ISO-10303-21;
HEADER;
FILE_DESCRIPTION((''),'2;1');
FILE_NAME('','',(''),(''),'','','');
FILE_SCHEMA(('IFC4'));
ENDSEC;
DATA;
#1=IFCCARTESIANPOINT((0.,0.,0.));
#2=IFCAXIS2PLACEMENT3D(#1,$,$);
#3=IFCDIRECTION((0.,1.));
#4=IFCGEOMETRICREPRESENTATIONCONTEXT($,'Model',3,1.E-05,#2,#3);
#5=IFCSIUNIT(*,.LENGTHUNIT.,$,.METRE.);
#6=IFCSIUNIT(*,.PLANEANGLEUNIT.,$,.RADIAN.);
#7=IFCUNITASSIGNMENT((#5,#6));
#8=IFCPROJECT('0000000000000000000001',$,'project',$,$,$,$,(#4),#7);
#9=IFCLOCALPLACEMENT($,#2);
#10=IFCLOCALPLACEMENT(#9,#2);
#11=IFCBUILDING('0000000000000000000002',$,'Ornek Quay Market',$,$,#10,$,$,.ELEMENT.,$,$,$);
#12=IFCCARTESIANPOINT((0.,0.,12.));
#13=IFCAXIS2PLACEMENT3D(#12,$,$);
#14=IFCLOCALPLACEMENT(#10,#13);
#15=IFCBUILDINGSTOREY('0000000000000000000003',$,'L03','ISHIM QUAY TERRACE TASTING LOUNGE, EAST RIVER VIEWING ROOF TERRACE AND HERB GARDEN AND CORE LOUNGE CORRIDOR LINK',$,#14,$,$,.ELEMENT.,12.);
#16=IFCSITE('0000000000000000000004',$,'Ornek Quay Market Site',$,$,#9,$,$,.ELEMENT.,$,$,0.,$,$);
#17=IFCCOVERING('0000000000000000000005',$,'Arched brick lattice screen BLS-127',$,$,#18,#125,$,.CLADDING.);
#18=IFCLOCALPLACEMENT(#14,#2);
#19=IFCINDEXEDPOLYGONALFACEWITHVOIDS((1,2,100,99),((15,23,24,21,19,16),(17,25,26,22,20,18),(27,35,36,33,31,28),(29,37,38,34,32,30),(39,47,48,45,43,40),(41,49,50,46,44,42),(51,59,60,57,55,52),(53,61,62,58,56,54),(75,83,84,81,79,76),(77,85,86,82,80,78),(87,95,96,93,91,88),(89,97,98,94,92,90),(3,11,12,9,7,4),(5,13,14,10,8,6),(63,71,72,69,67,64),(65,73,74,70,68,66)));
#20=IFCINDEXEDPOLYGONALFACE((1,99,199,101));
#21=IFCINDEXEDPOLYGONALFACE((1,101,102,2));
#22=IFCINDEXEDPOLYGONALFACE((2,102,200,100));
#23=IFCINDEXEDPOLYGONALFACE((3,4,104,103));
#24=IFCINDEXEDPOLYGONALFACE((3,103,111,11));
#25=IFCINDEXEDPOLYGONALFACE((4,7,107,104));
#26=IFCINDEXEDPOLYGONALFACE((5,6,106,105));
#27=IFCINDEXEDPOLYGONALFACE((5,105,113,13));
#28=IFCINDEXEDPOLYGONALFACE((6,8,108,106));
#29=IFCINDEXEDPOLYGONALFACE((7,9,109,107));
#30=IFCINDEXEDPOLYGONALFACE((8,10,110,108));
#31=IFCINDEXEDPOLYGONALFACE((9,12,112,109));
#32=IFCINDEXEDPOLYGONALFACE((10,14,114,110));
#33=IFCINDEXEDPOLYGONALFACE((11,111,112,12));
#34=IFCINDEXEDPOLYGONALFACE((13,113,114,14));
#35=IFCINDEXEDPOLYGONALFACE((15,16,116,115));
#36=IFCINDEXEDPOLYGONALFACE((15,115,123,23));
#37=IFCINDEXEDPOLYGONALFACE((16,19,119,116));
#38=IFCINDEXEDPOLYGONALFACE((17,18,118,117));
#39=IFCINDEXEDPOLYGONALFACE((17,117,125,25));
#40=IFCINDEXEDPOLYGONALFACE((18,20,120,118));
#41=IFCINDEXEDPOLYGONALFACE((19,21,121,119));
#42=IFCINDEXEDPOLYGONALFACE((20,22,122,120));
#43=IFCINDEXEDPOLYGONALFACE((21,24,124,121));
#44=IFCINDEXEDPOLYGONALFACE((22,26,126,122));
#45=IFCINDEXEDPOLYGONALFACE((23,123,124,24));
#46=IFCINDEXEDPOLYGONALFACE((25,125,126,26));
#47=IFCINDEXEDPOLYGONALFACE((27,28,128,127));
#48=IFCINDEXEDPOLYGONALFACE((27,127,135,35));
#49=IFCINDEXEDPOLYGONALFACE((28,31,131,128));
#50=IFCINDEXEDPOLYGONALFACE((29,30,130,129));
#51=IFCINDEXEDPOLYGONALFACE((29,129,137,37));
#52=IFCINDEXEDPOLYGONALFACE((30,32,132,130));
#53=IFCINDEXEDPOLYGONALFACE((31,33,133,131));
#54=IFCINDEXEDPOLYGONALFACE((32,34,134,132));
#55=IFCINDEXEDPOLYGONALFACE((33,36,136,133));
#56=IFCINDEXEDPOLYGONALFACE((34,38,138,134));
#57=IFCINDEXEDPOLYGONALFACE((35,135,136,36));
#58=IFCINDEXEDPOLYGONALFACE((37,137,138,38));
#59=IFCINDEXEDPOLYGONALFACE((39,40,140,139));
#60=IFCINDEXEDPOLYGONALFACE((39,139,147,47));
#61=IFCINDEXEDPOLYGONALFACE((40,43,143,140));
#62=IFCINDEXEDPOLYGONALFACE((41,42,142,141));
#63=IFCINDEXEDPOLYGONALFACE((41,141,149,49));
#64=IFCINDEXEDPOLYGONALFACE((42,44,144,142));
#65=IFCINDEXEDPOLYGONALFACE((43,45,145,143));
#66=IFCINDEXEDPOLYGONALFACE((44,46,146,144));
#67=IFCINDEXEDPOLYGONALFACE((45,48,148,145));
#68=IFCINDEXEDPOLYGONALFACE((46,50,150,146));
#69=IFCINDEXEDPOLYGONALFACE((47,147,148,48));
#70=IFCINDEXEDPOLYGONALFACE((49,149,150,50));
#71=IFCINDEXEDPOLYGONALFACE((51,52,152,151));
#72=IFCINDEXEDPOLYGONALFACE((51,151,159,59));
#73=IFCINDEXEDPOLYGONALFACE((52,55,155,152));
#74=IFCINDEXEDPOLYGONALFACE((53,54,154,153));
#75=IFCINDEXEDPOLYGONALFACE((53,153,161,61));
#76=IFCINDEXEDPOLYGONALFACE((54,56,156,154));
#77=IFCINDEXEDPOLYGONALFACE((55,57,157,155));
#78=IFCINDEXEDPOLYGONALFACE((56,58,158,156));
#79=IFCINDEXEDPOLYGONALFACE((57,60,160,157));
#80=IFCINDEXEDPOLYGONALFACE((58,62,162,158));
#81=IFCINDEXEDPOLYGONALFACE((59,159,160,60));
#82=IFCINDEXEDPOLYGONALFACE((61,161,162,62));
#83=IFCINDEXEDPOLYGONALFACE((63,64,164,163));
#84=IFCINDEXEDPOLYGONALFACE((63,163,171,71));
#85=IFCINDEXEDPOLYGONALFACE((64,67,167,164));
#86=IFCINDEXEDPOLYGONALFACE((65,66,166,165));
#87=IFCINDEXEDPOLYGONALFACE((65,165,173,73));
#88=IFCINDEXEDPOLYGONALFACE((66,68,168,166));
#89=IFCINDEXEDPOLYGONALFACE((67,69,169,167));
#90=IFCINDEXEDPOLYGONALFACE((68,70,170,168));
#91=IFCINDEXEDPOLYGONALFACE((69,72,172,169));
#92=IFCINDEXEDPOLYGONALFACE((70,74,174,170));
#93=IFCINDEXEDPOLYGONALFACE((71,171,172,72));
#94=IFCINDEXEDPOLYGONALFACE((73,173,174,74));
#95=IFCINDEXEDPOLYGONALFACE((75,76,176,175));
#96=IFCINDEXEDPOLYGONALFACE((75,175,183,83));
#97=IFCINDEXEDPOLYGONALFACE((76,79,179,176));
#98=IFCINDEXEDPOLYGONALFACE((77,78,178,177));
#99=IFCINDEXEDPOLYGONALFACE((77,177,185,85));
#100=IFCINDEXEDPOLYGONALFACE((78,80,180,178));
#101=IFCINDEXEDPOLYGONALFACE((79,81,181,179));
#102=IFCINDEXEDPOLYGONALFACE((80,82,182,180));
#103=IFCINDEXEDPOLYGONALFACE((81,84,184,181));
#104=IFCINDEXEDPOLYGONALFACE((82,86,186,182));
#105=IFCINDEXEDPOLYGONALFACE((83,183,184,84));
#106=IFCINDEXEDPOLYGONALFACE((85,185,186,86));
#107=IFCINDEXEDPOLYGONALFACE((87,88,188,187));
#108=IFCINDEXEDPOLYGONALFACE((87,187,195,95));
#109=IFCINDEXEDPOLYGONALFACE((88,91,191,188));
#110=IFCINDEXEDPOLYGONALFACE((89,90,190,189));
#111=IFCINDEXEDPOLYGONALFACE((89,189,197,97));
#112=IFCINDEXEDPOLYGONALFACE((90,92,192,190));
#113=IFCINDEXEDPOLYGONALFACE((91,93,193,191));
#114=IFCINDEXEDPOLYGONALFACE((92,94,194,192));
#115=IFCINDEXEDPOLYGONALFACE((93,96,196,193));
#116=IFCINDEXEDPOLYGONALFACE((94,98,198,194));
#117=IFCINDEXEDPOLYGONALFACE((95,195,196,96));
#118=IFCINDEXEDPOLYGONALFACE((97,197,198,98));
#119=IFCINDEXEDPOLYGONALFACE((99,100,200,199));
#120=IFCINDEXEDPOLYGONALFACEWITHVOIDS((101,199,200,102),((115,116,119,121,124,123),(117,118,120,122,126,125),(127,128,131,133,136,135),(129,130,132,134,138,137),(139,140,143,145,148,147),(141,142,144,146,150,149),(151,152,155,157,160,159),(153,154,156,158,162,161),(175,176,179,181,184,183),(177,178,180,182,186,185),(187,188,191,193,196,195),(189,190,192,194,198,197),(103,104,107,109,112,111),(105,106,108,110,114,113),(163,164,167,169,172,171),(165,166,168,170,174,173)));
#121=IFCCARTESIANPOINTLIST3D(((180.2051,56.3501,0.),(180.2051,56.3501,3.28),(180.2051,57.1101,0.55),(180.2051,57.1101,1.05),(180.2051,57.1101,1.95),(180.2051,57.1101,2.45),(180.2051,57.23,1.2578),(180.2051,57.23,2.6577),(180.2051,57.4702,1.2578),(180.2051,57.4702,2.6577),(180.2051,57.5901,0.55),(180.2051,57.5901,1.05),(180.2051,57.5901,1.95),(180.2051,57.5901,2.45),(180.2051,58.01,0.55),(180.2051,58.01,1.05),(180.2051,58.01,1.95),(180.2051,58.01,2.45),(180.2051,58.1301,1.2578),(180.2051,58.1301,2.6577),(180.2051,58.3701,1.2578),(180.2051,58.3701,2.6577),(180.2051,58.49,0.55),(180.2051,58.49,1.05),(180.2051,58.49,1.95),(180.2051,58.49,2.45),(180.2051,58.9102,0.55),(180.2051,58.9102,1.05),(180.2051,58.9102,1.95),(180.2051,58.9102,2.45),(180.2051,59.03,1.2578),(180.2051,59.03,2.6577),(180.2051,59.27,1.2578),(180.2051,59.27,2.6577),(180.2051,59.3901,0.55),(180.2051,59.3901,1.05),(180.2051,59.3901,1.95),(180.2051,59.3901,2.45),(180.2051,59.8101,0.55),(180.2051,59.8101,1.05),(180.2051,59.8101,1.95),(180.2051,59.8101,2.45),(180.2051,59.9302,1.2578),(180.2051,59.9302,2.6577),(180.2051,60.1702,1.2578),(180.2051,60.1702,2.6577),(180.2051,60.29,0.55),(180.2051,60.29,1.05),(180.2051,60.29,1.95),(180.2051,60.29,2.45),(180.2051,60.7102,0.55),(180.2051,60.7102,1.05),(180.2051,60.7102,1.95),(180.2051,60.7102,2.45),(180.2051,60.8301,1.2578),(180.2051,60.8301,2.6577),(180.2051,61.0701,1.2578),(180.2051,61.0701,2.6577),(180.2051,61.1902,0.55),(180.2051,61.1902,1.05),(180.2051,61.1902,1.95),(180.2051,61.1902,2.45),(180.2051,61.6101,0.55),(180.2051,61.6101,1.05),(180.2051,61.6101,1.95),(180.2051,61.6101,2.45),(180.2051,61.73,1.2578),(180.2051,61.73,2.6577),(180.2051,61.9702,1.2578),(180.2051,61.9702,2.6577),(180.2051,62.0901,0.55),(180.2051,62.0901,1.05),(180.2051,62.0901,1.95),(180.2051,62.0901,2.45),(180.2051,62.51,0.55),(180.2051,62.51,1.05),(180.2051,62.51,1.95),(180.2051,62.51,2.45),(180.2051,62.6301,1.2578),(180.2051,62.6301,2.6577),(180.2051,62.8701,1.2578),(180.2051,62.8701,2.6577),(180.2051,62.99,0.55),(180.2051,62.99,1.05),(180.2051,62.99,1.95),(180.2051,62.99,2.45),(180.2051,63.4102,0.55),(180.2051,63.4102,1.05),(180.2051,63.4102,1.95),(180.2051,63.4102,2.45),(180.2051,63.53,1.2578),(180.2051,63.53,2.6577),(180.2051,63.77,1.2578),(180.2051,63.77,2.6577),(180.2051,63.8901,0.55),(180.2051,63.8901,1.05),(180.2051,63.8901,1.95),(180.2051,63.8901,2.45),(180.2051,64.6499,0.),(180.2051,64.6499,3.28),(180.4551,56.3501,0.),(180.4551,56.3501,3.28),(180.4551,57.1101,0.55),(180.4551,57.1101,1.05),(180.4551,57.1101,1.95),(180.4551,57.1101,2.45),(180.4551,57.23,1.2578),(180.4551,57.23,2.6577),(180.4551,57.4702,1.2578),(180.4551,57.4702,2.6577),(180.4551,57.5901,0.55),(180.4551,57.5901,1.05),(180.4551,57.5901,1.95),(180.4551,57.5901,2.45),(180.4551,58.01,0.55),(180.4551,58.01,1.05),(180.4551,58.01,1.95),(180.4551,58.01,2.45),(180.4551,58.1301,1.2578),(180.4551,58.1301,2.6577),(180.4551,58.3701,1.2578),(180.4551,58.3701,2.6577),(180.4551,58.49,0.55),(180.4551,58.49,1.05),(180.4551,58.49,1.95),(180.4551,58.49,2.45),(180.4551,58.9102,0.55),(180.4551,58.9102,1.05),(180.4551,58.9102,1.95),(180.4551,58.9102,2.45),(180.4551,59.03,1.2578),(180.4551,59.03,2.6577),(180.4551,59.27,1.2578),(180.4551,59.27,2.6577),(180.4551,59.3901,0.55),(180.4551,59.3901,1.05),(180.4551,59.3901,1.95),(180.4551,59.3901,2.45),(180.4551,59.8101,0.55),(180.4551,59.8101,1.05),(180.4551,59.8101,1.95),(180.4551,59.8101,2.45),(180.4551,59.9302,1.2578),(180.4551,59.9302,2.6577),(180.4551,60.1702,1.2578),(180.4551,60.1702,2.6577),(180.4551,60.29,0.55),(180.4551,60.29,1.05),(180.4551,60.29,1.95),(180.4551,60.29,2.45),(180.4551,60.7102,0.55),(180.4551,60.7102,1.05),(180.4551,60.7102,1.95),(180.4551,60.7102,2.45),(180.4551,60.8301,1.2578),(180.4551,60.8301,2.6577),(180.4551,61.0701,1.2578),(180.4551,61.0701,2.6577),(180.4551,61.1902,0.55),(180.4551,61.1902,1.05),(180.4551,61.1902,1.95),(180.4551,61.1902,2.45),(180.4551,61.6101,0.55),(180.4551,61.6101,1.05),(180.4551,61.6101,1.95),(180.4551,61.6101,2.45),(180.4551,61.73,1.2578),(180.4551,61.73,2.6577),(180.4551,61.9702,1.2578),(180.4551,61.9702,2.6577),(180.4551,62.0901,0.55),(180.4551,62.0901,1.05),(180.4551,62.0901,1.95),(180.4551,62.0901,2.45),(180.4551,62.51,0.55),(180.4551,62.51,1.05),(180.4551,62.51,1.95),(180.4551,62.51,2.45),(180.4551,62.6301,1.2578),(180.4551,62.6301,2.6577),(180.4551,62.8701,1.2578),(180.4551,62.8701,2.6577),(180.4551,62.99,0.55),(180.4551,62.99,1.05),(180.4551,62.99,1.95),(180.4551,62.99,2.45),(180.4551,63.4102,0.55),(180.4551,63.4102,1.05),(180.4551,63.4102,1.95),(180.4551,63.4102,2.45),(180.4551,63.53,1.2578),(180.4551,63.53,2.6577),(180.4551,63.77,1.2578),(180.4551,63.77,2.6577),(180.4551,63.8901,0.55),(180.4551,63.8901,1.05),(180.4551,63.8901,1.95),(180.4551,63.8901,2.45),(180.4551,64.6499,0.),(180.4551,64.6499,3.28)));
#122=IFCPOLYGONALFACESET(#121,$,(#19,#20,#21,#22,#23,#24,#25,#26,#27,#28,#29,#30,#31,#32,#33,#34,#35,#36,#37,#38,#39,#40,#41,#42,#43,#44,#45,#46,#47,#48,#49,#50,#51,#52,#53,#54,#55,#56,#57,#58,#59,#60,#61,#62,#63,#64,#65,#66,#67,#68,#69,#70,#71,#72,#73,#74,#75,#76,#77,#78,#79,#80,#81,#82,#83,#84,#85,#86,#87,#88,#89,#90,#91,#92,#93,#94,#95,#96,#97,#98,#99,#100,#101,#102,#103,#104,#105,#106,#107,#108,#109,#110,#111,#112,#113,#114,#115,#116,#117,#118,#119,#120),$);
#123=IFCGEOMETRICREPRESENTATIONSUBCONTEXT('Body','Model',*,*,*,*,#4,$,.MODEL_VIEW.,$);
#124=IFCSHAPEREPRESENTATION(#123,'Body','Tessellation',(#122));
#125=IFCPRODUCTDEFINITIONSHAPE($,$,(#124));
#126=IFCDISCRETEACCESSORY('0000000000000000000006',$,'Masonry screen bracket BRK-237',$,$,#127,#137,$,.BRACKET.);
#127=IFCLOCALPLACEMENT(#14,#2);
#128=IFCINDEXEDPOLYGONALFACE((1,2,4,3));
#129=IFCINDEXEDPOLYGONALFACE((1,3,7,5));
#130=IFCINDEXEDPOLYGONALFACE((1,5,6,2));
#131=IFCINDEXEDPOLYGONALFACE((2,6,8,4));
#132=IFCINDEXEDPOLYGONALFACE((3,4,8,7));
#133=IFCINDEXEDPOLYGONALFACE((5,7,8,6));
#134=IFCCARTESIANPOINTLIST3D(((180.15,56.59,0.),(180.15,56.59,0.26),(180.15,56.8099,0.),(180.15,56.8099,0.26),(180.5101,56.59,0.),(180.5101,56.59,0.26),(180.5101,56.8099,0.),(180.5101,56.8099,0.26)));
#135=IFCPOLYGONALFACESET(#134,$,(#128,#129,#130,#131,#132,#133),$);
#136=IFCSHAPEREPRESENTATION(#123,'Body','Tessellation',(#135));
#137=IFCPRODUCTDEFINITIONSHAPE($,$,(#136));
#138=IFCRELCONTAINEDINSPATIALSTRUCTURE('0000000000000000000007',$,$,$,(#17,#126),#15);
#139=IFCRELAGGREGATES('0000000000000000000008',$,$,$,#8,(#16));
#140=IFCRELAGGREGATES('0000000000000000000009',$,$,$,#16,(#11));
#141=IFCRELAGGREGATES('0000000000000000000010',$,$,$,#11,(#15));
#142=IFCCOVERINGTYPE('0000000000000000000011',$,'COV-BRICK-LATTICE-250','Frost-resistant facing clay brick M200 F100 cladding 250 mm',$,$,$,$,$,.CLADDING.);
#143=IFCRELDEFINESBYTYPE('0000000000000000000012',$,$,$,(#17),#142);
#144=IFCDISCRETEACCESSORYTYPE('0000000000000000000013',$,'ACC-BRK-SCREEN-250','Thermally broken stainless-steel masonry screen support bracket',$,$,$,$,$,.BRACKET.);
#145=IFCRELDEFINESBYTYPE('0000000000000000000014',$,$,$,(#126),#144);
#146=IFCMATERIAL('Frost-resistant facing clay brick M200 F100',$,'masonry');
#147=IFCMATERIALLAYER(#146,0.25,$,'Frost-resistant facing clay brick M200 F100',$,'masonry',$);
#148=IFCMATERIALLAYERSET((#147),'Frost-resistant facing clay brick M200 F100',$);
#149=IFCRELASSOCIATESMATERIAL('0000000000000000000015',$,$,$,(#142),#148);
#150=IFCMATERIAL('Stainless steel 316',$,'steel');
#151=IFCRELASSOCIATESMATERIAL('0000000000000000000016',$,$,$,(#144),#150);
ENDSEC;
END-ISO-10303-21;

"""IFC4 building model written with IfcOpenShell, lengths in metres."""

from ifc_helpers import new_model, si_unit, direction, frame, origin, origin_2d, place, context, subcontext, project, spatial, polyline, rectangle, outline, extrude, material, layer, layer_set, type_object, element, save


model = new_model("IFC4")

# Units and contexts
model_context = context("Model", 3, precision=1e-05, world=origin(), true_north=direction((0.0, 1.0)))
body_context = subcontext(model_context, "Body", "Model", "MODEL_VIEW")
ifc_project = project(units=[si_unit("LENGTHUNIT", "METRE"), si_unit("PLANEANGLEUNIT", "RADIAN")], contexts=[model_context])

# Site, building, storey
site_placement = place(None, origin())
site = spatial("IfcSite", under=ifc_project, at=site_placement, Name="Ornek Quay Market Site", CompositionType="ELEMENT", RefElevation=0.0)
building_placement = place(site_placement, origin())
building = spatial("IfcBuilding", under=site, at=building_placement, Name="Ornek Quay Market", CompositionType="ELEMENT")
storey_placement = place(building_placement, frame((0.0, 0.0, 12.0)))
storey = spatial("IfcBuildingStorey", under=building, at=storey_placement, Name="L03", Description="ISHIM QUAY TERRACE TASTING LOUNGE, EAST RIVER VIEWING ROOF TERRACE AND HERB GARDEN AND CORE LOUNGE CORRIDOR LINK", CompositionType="ELEMENT", Elevation=12.0)

# Shared definitions
ifc_material_1 = material(Name="Frost-resistant facing clay brick M200 F100", Category="masonry")

# Covering
ifc_layer_1 = layer(ifc_material_1, 0.25, Name="Frost-resistant facing clay brick M200 F100", Category="masonry")
ifc_layer_set_1 = layer_set([ifc_layer_1], Name="Frost-resistant facing clay brick M200 F100")
covering_type = type_object("IfcCoveringType", Name="COV-BRICK-LATTICE-250", Description="Frost-resistant facing clay brick M200 F100 cladding 250 mm", PredefinedType="CLADDING", material=ifc_layer_set_1)
covering_placement = place(storey_placement, frame((180.3301, 56.3501, 0.0), z_axis=(0.0, 0.0, 1.0), x_axis=(0.0, 1.0, 0.0)))
element("IfcCovering", 1, at=covering_placement, inside=storey, type_object=covering_type, Name="Arched brick lattice screen BLS-127", PredefinedType="CLADDING", context=body_context, shape_type="SweptSolid", body=[
    extrude(outline(polyline([(0.0, 0.0), (8.2998, 0.0), (8.2998, 3.28), (0.0, 3.28), (0.0, 0.0)]), holes=[polyline([(0.76, 0.55), (1.24, 0.55), (1.24, 1.05), (1.1201, 1.2578), (0.8799, 1.2578), (0.76, 1.05), (0.76, 0.55)]), polyline([(0.76, 1.95), (1.24, 1.95), (1.24, 2.45), (1.1201, 2.6577), (0.8799, 2.6577), (0.76, 2.45), (0.76, 1.95)]), polyline([(1.6599, 0.55), (2.1399, 0.55), (2.1399, 1.05), (2.02, 1.2578), (1.78, 1.2578), (1.6599, 1.05), (1.6599, 0.55)]), polyline([(1.6599, 1.95), (2.1399, 1.95), (2.1399, 2.45), (2.02, 2.6577), (1.78, 2.6577), (1.6599, 2.45), (1.6599, 1.95)]), polyline([(2.5601, 0.55), (3.04, 0.55), (3.04, 1.05), (2.9199, 1.2578), (2.6799, 1.2578), (2.5601, 1.05), (2.5601, 0.55)]), polyline([(2.5601, 1.95), (3.04, 1.95), (3.04, 2.45), (2.9199, 2.6577), (2.6799, 2.6577), (2.5601, 2.45), (2.5601, 1.95)]), polyline([(3.46, 0.55), (3.9399, 0.55), (3.9399, 1.05), (3.8201, 1.2578), (3.5801, 1.2578), (3.46, 1.05), (3.46, 0.55)]), polyline([(3.46, 1.95), (3.9399, 1.95), (3.9399, 2.45), (3.8201, 2.6577), (3.5801, 2.6577), (3.46, 2.45), (3.46, 1.95)]), polyline([(4.3601, 0.55), (4.8401, 0.55), (4.8401, 1.05), (4.72, 1.2578), (4.48, 1.2578), (4.3601, 1.05), (4.3601, 0.55)]), polyline([(4.3601, 1.95), (4.8401, 1.95), (4.8401, 2.45), (4.72, 2.6577), (4.48, 2.6577), (4.3601, 2.45), (4.3601, 1.95)]), polyline([(5.26, 0.55), (5.74, 0.55), (5.74, 1.05), (5.6201, 1.2578), (5.3799, 1.2578), (5.26, 1.05), (5.26, 0.55)]), polyline([(5.26, 1.95), (5.74, 1.95), (5.74, 2.45), (5.6201, 2.6577), (5.3799, 2.6577), (5.26, 2.45), (5.26, 1.95)]), polyline([(6.1599, 0.55), (6.6399, 0.55), (6.6399, 1.05), (6.52, 1.2578), (6.28, 1.2578), (6.1599, 1.05), (6.1599, 0.55)]), polyline([(6.1599, 1.95), (6.6399, 1.95), (6.6399, 2.45), (6.52, 2.6577), (6.28, 2.6577), (6.1599, 2.45), (6.1599, 1.95)]), polyline([(7.0601, 0.55), (7.54, 0.55), (7.54, 1.05), (7.4199, 1.2578), (7.1799, 1.2578), (7.0601, 1.05), (7.0601, 0.55)]), polyline([(7.0601, 1.95), (7.54, 1.95), (7.54, 2.45), (7.4199, 2.6577), (7.1799, 2.6577), (7.0601, 2.45), (7.0601, 1.95)])]), frame((0.0, 0.125, 0.0), z_axis=(0.0, -1.0, 0.0), x_axis=(1.0, 0.0, 0.0)), (0.0, 0.0, 1.0), 0.25),
])

# Discrete accessory
ifc_material_2 = material(Name="Stainless steel 316", Category="steel")
discrete_accessory_type = type_object("IfcDiscreteAccessoryType", Name="ACC-BRK-SCREEN-250", Description="Thermally broken stainless-steel masonry screen support bracket", PredefinedType="BRACKET", material=ifc_material_2)
discrete_accessory_placement = place(storey_placement, frame((180.3301, 56.7, 0.0), z_axis=(0.0, 0.0, 1.0), x_axis=(0.0, 1.0, 0.0)))
element("IfcDiscreteAccessory", 2, at=discrete_accessory_placement, inside=storey, type_object=discrete_accessory_type, Name="Masonry screen bracket BRK-237", PredefinedType="BRACKET", context=body_context, shape_type="SweptSolid", body=[
    extrude(rectangle(XDim=0.22, YDim=0.3601, at=origin_2d()), origin(), (0.0, 0.0, 1.0), 0.26),
])

save(model, "model.ifc")
